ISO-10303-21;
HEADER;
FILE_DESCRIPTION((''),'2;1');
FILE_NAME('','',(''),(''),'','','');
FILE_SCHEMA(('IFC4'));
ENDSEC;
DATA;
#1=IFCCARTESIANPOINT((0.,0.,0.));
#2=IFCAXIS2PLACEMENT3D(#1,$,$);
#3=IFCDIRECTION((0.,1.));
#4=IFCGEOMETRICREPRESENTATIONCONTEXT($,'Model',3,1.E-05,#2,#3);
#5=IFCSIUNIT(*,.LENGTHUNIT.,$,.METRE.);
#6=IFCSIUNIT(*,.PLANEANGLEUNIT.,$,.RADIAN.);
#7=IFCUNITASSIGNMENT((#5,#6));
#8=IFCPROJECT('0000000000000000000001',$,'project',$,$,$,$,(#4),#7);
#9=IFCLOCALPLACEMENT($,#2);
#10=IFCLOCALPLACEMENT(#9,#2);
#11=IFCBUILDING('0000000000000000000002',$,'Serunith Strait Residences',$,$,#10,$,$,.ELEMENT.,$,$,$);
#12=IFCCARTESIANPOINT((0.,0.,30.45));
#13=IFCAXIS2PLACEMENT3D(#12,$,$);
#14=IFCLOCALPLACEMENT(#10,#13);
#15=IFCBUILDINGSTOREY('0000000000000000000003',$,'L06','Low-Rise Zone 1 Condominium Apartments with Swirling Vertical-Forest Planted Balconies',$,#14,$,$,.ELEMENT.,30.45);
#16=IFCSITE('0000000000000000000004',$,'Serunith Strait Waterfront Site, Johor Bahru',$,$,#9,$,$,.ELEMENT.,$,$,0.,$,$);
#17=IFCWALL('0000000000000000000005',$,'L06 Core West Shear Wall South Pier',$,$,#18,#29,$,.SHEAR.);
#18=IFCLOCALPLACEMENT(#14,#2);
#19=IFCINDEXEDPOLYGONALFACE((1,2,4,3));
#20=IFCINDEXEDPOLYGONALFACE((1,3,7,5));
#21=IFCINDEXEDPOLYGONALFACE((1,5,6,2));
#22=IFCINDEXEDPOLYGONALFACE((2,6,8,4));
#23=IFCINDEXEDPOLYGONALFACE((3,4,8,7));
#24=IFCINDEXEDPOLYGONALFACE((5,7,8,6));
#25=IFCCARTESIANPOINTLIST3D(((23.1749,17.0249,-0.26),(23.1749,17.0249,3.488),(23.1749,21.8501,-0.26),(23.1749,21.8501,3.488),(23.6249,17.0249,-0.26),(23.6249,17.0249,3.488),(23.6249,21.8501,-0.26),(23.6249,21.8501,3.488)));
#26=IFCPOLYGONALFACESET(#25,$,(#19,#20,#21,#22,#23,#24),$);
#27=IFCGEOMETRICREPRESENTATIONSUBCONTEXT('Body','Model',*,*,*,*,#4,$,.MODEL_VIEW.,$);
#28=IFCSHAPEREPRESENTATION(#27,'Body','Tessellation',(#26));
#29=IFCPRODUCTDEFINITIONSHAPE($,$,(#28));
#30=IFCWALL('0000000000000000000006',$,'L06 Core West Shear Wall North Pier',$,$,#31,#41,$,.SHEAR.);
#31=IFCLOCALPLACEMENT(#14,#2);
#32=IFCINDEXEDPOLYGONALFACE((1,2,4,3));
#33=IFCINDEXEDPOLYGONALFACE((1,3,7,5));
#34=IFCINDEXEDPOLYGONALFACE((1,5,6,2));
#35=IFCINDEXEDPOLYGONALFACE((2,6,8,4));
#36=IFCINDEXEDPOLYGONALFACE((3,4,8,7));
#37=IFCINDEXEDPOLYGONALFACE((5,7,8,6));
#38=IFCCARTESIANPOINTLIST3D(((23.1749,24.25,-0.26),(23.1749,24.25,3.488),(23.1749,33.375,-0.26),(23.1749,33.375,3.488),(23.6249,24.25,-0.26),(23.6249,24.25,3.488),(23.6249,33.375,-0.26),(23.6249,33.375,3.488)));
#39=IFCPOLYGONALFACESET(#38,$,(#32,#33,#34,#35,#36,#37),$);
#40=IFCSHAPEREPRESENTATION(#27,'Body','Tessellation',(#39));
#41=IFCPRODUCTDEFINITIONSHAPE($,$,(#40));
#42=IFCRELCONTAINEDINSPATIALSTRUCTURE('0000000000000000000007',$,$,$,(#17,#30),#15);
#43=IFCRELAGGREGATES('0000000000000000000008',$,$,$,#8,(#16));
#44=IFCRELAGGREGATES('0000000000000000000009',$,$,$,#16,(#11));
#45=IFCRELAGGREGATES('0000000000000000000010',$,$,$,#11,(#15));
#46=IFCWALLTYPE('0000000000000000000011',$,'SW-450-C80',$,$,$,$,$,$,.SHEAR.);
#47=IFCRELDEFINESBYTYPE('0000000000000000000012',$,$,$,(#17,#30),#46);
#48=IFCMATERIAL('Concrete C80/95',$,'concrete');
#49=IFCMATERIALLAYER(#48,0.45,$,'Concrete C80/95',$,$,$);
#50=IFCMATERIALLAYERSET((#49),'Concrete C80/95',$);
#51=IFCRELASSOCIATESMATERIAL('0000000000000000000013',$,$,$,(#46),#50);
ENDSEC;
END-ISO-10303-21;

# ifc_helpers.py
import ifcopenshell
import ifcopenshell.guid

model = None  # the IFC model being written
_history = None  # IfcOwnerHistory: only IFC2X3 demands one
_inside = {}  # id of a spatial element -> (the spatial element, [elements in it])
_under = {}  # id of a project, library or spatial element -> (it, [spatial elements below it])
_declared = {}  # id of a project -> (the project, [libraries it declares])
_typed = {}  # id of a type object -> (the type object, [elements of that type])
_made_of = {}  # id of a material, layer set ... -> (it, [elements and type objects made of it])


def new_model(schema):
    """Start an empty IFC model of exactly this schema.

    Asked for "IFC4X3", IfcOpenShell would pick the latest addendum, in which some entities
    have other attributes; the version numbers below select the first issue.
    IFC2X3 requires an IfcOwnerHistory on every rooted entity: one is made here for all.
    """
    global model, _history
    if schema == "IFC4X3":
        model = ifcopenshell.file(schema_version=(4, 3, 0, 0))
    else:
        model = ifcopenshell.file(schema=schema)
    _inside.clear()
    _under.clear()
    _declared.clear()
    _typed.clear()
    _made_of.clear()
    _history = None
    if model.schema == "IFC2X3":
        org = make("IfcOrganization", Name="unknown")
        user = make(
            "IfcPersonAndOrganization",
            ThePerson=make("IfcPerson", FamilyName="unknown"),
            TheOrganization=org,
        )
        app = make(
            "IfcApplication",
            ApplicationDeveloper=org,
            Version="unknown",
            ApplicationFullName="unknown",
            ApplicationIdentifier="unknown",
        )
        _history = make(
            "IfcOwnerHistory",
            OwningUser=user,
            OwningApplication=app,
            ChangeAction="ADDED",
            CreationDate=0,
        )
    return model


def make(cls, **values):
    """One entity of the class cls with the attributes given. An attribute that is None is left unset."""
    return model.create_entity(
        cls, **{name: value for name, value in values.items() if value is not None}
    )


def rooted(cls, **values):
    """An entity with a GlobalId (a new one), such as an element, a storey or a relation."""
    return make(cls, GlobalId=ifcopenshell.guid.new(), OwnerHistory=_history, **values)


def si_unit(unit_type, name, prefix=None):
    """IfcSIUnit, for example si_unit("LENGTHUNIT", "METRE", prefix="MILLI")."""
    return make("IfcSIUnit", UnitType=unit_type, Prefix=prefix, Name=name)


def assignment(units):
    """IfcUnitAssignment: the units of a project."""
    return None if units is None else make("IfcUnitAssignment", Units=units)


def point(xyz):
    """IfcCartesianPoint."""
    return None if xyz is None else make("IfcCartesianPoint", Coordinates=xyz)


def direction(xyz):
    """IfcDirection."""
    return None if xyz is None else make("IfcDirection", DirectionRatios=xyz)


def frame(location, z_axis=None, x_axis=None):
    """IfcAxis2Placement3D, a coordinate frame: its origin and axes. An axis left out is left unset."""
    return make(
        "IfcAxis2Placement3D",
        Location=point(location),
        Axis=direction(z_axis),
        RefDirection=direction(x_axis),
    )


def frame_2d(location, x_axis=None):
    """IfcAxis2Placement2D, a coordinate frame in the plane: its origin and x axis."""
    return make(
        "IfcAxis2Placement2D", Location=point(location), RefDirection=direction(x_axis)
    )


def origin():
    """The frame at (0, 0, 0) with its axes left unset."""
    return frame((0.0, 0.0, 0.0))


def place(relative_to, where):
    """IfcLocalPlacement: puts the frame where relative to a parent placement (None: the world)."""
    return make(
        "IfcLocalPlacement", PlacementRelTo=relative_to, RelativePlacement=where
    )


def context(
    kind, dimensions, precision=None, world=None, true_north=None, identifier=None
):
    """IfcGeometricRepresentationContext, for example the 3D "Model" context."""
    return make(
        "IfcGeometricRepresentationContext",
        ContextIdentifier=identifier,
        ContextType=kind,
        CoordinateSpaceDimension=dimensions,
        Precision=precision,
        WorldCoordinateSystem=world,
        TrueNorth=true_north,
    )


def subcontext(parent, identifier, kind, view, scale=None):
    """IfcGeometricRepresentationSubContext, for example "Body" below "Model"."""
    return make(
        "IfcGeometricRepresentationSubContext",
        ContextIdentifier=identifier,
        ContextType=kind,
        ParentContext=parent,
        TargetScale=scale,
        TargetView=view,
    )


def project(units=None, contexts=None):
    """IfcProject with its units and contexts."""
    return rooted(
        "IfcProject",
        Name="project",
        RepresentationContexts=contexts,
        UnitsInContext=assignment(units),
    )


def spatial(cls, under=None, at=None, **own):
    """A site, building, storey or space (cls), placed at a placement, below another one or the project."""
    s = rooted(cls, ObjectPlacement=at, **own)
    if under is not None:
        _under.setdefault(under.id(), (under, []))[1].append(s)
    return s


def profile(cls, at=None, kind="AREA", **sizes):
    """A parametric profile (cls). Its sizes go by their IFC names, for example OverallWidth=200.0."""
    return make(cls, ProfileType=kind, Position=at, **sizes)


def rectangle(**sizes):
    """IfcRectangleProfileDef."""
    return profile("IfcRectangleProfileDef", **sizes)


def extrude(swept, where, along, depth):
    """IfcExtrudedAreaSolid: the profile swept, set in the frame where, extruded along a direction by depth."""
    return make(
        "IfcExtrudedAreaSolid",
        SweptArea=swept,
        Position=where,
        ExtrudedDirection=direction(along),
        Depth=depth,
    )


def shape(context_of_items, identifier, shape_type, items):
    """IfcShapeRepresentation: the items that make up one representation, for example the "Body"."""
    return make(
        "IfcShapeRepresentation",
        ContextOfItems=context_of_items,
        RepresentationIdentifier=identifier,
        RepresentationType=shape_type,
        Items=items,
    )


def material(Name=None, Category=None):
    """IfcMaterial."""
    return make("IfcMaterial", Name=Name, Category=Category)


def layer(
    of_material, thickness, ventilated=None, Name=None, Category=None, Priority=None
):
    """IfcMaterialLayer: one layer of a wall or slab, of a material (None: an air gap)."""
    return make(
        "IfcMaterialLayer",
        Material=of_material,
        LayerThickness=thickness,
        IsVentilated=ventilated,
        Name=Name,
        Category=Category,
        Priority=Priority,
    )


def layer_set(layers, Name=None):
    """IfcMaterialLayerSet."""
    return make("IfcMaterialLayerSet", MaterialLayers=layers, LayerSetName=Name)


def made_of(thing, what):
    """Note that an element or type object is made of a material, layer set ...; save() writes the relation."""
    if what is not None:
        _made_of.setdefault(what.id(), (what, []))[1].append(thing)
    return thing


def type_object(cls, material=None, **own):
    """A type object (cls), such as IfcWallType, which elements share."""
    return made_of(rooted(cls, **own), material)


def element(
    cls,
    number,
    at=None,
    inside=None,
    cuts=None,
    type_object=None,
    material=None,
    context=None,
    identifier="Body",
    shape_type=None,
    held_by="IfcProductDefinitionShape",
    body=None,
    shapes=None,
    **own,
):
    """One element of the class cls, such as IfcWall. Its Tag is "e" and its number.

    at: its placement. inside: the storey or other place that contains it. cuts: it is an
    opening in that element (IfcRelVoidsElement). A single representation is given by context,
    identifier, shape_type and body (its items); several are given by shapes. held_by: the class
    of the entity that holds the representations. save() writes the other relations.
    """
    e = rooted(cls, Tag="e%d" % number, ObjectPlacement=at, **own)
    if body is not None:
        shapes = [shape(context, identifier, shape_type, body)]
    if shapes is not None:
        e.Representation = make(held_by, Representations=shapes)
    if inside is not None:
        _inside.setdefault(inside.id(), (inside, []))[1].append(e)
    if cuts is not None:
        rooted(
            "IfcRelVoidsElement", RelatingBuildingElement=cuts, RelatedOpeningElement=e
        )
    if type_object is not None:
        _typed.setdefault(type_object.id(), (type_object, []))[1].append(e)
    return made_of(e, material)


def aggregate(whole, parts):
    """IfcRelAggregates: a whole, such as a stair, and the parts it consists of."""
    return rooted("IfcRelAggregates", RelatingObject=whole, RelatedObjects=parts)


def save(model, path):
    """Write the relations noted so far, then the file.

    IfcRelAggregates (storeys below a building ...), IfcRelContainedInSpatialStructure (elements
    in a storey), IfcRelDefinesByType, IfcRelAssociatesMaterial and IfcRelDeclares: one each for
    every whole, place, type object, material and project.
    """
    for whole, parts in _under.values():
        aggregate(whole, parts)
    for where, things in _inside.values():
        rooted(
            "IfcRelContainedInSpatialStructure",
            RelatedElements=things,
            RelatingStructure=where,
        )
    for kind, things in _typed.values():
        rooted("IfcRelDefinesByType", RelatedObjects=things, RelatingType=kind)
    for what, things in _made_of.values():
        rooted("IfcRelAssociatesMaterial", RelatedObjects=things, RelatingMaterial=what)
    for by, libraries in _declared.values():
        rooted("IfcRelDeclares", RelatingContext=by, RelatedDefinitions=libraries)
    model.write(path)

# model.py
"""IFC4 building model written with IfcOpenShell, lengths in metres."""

from ifc_helpers import new_model, si_unit, direction, frame, frame_2d, origin, place, context, subcontext, project, spatial, rectangle, extrude, material, layer, layer_set, type_object, element, save


model = new_model("IFC4")

# Units and contexts
model_context = context("Model", 3, precision=1e-05, world=origin(), true_north=direction((0.0, 1.0)))
body_context = subcontext(model_context, "Body", "Model", "MODEL_VIEW")
ifc_project = project(units=[si_unit("LENGTHUNIT", "METRE"), si_unit("PLANEANGLEUNIT", "RADIAN")], contexts=[model_context])

# Site, building, storey
site_placement = place(None, origin())
site = spatial("IfcSite", under=ifc_project, at=site_placement, Name="Serunith Strait Waterfront Site, Johor Bahru", CompositionType="ELEMENT", RefElevation=0.0)
building_placement = place(site_placement, origin())
building = spatial("IfcBuilding", under=site, at=building_placement, Name="Serunith Strait Residences", CompositionType="ELEMENT")
storey_placement = place(building_placement, frame((0.0, 0.0, 30.45)))
storey = spatial("IfcBuildingStorey", under=building, at=storey_placement, Name="L06", Description="Low-Rise Zone 1 Condominium Apartments with Swirling Vertical-Forest Planted Balconies", CompositionType="ELEMENT", Elevation=30.45)

# Walls
ifc_material_1 = material(Name="Concrete C80/95", Category="concrete")
ifc_layer_1 = layer(ifc_material_1, 0.45, Name="Concrete C80/95")
ifc_layer_set_1 = layer_set([ifc_layer_1], Name="Concrete C80/95")
wall_type_1 = type_object("IfcWallType", Name="SW-450-C80", PredefinedType="SHEAR", material=ifc_layer_set_1)
wall_1_placement = place(storey_placement, frame((23.3999, 17.0249, -0.26), z_axis=(0.0, 0.0, 1.0), x_axis=(0.0, 1.0, 0.0)))
element("IfcWall", 1, at=wall_1_placement, inside=storey, type_object=wall_type_1, Name="L06 Core West Shear Wall South Pier", PredefinedType="SHEAR", context=body_context, shape_type="SweptSolid", body=[
    extrude(rectangle(XDim=4.8252, YDim=0.45, at=frame_2d((2.4126, 0.0))), origin(), (0.0, 0.0, 1.0), 3.748),
])
wall_2_placement = place(storey_placement, frame((23.3999, 24.25, -0.26), z_axis=(0.0, 0.0, 1.0), x_axis=(0.0, 1.0, 0.0)))
element("IfcWall", 2, at=wall_2_placement, inside=storey, type_object=wall_type_1, Name="L06 Core West Shear Wall North Pier", PredefinedType="SHEAR", context=body_context, shape_type="SweptSolid", body=[
    extrude(rectangle(XDim=9.125, YDim=0.45, at=frame_2d((4.5625, 0.0))), origin(), (0.0, 0.0, 1.0), 3.748),
])

save(model, "model.ifc")
